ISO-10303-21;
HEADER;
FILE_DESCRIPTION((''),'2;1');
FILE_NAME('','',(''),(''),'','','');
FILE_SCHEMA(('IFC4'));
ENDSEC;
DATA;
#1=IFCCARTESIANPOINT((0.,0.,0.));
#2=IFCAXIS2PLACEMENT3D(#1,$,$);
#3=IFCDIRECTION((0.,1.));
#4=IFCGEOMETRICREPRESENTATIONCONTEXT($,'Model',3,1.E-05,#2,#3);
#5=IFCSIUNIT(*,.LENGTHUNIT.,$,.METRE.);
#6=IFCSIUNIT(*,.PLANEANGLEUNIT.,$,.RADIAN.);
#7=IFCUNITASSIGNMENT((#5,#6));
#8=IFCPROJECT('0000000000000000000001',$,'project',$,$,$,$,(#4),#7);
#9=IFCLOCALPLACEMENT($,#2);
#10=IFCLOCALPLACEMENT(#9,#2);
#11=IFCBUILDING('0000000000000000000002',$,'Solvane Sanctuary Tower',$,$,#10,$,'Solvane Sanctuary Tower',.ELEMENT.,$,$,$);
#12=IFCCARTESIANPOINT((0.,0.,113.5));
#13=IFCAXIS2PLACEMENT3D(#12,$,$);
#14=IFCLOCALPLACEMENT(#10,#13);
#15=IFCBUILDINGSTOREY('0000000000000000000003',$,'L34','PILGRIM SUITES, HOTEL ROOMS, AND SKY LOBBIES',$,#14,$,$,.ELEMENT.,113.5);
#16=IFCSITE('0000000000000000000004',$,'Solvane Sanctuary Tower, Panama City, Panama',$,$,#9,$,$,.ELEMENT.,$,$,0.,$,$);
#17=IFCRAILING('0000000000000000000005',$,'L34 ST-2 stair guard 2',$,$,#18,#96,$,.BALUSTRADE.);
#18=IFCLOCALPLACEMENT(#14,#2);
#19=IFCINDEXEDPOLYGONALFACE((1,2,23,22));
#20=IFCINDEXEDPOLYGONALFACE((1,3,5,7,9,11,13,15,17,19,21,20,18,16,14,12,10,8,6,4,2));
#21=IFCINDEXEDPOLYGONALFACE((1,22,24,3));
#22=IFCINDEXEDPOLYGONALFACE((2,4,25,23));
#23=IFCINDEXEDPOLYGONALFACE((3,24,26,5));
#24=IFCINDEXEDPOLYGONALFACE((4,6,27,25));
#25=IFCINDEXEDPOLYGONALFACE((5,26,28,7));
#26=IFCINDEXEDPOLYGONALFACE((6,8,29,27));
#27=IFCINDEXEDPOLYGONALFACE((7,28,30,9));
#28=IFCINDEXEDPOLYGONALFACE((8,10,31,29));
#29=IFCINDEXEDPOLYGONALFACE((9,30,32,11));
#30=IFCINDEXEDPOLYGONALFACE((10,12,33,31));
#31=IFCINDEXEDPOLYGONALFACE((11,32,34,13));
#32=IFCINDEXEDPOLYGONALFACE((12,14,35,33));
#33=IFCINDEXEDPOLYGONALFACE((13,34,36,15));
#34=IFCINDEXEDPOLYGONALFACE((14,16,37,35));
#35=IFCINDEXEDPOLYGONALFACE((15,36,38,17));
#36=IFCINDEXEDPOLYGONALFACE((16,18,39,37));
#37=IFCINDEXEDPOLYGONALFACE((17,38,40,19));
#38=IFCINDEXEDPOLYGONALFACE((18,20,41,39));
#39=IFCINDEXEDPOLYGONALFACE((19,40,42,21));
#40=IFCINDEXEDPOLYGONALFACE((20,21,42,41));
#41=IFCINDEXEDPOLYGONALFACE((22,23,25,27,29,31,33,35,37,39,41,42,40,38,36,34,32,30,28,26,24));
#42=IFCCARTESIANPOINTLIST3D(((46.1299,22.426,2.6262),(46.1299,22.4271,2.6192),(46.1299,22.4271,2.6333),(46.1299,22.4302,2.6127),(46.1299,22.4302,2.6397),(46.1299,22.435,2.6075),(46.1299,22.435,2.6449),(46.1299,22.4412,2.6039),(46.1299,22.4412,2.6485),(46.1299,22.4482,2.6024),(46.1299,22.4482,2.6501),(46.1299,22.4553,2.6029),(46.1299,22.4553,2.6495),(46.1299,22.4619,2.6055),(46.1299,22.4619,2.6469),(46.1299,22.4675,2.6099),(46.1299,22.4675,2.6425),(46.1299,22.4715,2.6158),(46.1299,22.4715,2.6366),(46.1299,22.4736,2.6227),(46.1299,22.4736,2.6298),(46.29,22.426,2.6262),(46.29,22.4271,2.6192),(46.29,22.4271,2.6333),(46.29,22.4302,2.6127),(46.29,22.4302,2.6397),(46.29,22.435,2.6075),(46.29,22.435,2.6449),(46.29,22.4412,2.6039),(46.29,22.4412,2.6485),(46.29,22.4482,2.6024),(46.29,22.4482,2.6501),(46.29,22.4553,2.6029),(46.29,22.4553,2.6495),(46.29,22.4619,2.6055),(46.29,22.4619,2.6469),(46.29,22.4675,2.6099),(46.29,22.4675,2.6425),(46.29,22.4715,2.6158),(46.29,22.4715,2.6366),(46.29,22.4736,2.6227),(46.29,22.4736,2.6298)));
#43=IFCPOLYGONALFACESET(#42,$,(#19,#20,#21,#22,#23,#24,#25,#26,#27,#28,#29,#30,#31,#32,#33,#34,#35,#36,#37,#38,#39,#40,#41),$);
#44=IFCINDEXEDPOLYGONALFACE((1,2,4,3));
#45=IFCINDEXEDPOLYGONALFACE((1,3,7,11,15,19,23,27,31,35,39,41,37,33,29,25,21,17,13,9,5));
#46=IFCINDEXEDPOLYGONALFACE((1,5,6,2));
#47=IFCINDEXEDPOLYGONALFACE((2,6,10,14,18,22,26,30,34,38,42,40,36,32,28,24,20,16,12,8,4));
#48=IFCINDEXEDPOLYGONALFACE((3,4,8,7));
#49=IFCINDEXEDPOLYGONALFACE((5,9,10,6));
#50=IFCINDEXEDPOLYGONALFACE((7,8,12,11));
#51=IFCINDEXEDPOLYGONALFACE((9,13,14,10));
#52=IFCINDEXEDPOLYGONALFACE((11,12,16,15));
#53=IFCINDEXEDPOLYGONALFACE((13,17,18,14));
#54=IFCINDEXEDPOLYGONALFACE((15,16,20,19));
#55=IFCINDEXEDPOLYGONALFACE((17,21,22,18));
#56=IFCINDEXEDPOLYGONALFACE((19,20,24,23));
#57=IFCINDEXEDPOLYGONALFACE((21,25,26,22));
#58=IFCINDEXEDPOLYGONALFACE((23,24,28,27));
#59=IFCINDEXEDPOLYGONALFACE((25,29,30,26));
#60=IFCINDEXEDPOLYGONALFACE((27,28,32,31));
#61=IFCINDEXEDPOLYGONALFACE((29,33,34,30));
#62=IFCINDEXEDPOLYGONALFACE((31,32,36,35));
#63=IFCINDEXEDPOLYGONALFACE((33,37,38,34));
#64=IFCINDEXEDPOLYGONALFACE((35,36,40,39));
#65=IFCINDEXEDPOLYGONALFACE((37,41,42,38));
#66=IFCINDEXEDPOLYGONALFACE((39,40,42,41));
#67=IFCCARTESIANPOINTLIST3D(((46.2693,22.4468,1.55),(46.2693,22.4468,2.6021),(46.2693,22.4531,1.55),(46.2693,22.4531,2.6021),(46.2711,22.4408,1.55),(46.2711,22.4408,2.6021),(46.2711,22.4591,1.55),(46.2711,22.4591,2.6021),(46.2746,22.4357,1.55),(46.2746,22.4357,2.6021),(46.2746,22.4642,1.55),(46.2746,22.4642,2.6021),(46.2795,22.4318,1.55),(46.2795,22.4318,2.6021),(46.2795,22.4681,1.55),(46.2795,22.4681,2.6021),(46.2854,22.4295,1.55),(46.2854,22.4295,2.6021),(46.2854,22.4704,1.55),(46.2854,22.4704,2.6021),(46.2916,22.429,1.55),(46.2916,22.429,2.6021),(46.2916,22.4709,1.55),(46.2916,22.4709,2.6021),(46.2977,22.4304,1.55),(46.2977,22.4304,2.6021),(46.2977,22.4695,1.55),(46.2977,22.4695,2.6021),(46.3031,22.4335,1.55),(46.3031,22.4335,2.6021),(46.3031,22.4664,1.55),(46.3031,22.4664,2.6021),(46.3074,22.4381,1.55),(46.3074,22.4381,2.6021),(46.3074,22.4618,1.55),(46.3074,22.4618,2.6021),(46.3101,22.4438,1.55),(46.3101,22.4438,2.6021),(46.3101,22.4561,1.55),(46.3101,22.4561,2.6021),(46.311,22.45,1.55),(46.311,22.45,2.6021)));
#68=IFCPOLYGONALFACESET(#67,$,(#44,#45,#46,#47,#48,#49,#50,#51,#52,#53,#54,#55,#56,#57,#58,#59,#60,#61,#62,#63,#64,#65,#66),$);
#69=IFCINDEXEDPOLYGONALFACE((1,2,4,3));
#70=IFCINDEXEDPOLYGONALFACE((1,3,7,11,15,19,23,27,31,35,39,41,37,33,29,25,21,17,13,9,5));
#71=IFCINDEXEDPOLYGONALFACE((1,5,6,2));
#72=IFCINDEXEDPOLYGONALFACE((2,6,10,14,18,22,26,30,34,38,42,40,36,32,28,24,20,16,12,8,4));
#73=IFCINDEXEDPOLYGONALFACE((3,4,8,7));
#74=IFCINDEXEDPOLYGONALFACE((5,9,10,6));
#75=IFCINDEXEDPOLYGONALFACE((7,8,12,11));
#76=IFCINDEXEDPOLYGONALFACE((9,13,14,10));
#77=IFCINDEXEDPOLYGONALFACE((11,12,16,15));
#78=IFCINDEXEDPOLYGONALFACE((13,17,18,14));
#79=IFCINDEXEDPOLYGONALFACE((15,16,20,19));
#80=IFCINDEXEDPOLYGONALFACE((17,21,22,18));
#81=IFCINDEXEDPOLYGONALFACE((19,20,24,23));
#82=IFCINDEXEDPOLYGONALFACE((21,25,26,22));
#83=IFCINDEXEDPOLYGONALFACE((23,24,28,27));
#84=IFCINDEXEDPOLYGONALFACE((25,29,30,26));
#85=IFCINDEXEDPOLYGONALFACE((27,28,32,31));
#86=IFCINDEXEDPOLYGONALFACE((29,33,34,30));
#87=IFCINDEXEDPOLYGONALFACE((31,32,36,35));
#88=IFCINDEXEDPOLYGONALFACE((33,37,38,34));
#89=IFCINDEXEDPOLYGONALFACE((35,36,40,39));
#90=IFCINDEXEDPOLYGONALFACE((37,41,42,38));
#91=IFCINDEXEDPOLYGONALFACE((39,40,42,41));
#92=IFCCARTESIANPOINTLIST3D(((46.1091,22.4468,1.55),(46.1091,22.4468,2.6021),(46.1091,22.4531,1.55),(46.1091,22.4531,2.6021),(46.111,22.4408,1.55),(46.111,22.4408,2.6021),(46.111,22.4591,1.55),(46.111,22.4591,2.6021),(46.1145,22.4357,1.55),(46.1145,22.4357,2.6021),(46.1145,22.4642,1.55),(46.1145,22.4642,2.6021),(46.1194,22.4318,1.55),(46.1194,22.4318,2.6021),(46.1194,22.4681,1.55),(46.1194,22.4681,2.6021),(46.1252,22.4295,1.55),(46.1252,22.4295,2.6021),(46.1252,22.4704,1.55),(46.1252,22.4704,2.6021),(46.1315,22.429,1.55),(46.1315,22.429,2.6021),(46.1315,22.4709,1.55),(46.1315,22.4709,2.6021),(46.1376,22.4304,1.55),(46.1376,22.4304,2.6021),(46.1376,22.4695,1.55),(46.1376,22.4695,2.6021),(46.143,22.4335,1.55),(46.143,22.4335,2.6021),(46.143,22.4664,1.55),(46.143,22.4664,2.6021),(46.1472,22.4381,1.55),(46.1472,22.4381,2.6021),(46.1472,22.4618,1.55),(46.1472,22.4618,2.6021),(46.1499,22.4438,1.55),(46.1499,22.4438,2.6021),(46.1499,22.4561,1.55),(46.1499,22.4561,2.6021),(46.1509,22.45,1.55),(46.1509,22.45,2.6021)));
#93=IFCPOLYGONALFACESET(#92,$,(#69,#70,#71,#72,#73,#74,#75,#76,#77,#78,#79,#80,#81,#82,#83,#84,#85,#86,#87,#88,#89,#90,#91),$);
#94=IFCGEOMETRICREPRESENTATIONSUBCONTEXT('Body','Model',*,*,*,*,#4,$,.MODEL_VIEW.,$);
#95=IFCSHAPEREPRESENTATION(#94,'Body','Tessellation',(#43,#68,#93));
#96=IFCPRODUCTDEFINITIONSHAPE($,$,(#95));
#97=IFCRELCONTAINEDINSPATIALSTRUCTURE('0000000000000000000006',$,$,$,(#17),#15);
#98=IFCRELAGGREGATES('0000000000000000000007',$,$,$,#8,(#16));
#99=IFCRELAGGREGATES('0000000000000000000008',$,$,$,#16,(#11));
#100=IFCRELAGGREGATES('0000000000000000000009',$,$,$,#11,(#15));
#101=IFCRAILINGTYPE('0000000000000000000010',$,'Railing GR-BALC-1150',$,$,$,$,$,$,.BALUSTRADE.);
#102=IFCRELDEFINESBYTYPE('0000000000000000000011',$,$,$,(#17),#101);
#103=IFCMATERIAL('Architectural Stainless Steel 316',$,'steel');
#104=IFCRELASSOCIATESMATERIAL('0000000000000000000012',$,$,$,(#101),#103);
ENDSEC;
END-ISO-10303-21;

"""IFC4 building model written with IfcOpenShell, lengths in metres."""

from ifc_helpers import new_model, si_unit, direction, frame, origin, origin_2d, place, context, subcontext, project, spatial, circle, extrude, material, type_object, element, save


model = new_model("IFC4")

# Units and contexts
model_context = context("Model", 3, precision=1e-05, world=origin(), true_north=direction((0.0, 1.0)))
body_context = subcontext(model_context, "Body", "Model", "MODEL_VIEW")
ifc_project = project(units=[si_unit("LENGTHUNIT", "METRE"), si_unit("PLANEANGLEUNIT", "RADIAN")], contexts=[model_context])

# Site, building, storey
site_placement = place(None, origin())
site = spatial("IfcSite", under=ifc_project, at=site_placement, Name="Solvane Sanctuary Tower, Panama City, Panama", CompositionType="ELEMENT", RefElevation=0.0)
building_placement = place(site_placement, origin())
building = spatial("IfcBuilding", under=site, at=building_placement, Name="Solvane Sanctuary Tower", LongName="Solvane Sanctuary Tower", CompositionType="ELEMENT")
storey_placement = place(building_placement, frame((0.0, 0.0, 113.5)))
storey = spatial("IfcBuildingStorey", under=building, at=storey_placement, Name="L34", Description="PILGRIM SUITES, HOTEL ROOMS, AND SKY LOBBIES", CompositionType="ELEMENT", Elevation=113.5)

# Shared definitions
ifc_material_1 = material(Name="Architectural Stainless Steel 316", Category="steel")

# Railing
railing_type_1 = type_object("IfcRailingType", Name="Railing GR-BALC-1150", PredefinedType="BALUSTRADE", material=ifc_material_1)
railing_1_placement = place(storey_placement, frame((46.29, 22.45, 1.55)))
element("IfcRailing", 1, at=railing_1_placement, inside=storey, type_object=railing_type_1, Name="L34 ST-2 stair guard 2", PredefinedType="BALUSTRADE", context=body_context, shape_type="SweptSolid", body=[
    extrude(circle(Radius=0.0239, at=origin_2d()), frame((0.0, 0.0, 1.0762), z_axis=(-1.0, 0.0, 0.0), x_axis=(0.0, -1.0, 0.0)), (0.0, 0.0, 1.0), 0.1602),
    extrude(circle(Radius=0.021, at=origin_2d()), origin(), (0.0, 0.0, 1.0), 1.052),
    extrude(circle(Radius=0.021, at=origin_2d()), frame((-0.1602, 0.0, 0.0)), (0.0, 0.0, 1.0), 1.052),
])

save(model, "model.ifc")
